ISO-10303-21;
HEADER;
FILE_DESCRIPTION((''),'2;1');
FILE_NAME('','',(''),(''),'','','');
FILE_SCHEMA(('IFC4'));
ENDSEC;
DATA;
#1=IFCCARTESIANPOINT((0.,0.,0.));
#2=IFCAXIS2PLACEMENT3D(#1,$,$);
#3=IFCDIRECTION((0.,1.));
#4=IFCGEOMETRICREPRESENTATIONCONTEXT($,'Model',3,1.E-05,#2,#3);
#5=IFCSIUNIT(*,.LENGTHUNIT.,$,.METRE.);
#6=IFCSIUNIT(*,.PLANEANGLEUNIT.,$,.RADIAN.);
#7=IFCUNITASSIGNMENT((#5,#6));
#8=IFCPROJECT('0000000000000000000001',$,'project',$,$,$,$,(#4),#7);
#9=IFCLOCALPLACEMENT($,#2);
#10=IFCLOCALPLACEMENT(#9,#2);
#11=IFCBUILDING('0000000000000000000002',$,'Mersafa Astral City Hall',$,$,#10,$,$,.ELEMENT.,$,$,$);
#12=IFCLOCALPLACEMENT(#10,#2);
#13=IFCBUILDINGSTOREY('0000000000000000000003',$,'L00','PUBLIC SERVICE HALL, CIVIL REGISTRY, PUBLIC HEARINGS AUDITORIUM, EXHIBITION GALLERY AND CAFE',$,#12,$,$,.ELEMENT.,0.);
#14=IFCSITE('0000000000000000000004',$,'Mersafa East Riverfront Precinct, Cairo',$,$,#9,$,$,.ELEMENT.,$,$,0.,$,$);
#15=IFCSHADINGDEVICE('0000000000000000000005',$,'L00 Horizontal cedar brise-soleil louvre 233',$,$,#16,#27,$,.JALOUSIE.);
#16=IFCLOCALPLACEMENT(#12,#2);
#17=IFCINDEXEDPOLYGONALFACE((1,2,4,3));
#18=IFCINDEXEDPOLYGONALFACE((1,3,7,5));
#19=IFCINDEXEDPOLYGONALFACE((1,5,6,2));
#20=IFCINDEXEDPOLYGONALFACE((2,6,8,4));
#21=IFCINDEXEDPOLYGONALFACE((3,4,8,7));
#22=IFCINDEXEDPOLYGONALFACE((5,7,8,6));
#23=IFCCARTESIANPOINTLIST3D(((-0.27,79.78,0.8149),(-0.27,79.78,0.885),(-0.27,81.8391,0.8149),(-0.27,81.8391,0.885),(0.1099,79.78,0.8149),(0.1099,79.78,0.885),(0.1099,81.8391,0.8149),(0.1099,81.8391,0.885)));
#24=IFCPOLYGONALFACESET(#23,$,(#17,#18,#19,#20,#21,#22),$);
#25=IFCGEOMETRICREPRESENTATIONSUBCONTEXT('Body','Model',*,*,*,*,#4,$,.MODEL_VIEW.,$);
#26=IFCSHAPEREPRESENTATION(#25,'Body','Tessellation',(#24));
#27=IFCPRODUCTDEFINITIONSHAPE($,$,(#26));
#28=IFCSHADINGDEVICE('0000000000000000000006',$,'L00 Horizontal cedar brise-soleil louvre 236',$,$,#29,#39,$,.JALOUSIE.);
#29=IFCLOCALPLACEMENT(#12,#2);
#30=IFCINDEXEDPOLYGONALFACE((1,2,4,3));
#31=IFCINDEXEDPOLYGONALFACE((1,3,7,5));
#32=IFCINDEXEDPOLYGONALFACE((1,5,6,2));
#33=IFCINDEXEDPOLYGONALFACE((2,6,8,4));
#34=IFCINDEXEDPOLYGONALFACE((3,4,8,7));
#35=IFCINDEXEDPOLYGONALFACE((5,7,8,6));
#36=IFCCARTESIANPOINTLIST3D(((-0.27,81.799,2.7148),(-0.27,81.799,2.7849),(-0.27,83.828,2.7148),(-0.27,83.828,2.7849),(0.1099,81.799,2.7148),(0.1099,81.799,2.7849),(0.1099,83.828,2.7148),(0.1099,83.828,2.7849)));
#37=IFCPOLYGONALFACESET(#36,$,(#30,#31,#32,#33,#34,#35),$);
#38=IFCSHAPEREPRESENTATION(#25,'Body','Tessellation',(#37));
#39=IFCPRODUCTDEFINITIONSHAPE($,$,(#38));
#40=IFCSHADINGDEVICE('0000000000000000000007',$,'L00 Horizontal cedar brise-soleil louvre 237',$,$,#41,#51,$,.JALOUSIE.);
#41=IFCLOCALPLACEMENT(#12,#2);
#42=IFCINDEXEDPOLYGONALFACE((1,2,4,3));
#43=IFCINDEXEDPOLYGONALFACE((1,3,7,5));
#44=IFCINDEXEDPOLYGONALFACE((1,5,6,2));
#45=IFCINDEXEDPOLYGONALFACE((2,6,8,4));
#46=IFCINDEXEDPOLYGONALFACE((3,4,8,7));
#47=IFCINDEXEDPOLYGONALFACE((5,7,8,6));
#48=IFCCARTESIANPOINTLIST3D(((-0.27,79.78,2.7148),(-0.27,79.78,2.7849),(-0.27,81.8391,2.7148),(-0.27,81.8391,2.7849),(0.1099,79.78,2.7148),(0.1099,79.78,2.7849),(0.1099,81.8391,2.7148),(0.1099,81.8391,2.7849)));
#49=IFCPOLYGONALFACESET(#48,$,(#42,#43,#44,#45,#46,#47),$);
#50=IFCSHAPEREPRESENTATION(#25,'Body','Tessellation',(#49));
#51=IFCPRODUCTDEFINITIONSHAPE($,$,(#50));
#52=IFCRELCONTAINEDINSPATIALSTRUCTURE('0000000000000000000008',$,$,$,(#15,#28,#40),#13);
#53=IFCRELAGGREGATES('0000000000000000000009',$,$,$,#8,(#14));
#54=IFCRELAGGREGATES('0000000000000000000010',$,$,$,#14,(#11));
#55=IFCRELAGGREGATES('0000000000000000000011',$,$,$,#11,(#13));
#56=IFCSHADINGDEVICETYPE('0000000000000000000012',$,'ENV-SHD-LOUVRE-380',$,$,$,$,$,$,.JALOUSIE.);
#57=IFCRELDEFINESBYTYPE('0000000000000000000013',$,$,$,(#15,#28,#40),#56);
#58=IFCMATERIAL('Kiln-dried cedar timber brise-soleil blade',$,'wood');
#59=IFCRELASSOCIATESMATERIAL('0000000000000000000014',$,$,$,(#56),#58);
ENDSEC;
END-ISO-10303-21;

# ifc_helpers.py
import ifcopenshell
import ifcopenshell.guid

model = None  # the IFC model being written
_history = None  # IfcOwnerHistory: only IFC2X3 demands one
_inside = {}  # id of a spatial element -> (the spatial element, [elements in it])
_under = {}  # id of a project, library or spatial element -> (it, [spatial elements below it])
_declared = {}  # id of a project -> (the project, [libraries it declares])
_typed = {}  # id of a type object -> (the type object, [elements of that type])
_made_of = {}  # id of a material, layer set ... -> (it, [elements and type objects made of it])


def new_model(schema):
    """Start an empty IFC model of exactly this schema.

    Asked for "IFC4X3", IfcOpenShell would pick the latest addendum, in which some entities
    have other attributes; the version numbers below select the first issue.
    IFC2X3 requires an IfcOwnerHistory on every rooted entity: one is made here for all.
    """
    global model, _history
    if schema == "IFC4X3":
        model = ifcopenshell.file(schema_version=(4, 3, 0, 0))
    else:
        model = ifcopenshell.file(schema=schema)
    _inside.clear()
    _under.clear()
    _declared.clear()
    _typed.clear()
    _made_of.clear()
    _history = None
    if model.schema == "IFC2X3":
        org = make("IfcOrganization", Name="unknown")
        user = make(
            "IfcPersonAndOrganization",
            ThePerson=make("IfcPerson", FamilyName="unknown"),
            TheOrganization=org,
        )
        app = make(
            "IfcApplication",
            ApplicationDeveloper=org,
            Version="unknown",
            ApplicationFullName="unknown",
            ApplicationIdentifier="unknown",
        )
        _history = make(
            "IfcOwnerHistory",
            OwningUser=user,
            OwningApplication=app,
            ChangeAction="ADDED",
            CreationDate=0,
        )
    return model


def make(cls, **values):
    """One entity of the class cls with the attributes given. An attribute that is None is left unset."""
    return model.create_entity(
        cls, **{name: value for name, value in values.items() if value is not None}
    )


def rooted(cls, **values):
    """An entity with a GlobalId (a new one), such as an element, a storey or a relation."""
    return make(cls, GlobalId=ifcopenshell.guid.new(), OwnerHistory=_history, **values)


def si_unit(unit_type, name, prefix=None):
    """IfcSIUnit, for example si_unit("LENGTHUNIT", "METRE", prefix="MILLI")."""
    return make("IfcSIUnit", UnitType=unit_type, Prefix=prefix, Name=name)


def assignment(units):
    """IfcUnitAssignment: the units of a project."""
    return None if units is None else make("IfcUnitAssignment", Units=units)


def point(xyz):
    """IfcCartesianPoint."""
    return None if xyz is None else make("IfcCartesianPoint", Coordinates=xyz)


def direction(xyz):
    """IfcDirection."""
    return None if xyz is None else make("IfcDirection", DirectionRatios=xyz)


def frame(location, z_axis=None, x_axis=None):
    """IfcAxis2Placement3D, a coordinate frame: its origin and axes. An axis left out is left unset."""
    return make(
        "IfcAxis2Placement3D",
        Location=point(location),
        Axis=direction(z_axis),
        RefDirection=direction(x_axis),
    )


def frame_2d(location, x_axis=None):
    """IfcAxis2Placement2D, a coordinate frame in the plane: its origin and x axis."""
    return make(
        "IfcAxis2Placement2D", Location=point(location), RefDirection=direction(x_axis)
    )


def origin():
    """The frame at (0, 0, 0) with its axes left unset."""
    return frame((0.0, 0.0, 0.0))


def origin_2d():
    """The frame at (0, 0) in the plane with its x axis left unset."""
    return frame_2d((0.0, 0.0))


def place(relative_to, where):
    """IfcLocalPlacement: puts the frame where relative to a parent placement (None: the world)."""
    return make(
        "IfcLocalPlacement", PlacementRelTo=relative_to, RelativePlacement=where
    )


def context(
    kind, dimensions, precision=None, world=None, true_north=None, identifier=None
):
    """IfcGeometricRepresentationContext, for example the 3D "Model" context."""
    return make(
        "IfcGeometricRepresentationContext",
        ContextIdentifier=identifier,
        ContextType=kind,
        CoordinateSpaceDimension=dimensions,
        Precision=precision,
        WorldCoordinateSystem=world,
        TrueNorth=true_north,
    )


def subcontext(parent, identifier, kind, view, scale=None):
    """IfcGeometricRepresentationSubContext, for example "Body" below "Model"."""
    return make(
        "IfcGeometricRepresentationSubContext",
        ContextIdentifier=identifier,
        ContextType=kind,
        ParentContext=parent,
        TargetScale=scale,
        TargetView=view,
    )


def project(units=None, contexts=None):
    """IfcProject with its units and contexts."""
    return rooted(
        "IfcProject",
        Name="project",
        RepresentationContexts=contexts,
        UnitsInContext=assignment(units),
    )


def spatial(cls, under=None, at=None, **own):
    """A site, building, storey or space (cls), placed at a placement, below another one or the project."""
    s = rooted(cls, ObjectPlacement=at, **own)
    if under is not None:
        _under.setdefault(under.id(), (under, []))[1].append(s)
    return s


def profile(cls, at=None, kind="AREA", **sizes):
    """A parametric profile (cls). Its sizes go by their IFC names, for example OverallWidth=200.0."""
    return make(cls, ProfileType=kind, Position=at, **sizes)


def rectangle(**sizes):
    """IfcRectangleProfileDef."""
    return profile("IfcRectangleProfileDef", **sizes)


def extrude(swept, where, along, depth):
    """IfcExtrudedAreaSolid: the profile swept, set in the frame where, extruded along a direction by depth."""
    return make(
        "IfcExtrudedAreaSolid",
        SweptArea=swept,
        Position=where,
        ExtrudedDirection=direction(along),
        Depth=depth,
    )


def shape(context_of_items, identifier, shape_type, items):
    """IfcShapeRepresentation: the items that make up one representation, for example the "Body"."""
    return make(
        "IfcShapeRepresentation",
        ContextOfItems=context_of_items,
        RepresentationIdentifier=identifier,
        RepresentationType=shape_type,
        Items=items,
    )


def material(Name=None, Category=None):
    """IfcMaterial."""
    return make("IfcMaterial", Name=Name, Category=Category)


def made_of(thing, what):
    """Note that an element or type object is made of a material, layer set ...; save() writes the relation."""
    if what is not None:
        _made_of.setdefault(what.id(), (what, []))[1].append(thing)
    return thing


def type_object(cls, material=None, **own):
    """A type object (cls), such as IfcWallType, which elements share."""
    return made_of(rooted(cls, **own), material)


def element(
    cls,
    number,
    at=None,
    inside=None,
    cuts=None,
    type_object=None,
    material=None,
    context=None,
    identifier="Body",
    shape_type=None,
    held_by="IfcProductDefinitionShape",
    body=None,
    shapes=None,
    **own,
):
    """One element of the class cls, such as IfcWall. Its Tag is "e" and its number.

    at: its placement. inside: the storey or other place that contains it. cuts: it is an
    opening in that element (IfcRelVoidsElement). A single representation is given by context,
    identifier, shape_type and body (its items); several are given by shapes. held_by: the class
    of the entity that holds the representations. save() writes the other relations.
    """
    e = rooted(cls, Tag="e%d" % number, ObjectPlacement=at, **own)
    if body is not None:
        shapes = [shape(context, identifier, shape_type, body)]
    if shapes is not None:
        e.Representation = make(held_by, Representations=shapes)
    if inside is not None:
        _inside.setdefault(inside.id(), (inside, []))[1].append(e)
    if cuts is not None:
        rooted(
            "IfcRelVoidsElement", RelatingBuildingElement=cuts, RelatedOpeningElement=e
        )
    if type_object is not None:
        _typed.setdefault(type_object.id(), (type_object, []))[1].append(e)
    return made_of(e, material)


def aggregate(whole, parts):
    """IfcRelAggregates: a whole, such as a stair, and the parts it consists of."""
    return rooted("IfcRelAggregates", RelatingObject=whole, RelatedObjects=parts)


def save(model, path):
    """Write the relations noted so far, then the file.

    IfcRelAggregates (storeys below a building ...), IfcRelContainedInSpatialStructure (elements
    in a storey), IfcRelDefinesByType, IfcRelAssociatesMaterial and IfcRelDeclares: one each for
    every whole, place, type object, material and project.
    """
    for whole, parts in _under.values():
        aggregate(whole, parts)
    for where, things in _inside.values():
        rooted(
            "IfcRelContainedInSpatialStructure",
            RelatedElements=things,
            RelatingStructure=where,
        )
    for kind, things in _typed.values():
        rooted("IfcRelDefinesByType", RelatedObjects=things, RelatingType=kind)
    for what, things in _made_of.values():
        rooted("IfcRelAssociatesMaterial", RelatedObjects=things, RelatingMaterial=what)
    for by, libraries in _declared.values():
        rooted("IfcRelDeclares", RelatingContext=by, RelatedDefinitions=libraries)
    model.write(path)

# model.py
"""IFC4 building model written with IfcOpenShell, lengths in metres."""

from ifc_helpers import new_model, si_unit, direction, frame, origin, origin_2d, place, context, subcontext, project, spatial, rectangle, extrude, material, type_object, element, save


model = new_model("IFC4")

# Units and contexts
model_context = context("Model", 3, precision=1e-05, world=origin(), true_north=direction((0.0, 1.0)))
body_context = subcontext(model_context, "Body", "Model", "MODEL_VIEW")
ifc_project = project(units=[si_unit("LENGTHUNIT", "METRE"), si_unit("PLANEANGLEUNIT", "RADIAN")], contexts=[model_context])

# Site, building, storey
site_placement = place(None, origin())
site = spatial("IfcSite", under=ifc_project, at=site_placement, Name="Mersafa East Riverfront Precinct, Cairo", CompositionType="ELEMENT", RefElevation=0.0)
building_placement = place(site_placement, origin())
building = spatial("IfcBuilding", under=site, at=building_placement, Name="Mersafa Astral City Hall", CompositionType="ELEMENT")
storey_placement = place(building_placement, origin())
storey = spatial("IfcBuildingStorey", under=building, at=storey_placement, Name="L00", Description="PUBLIC SERVICE HALL, CIVIL REGISTRY, PUBLIC HEARINGS AUDITORIUM, EXHIBITION GALLERY AND CAFE", CompositionType="ELEMENT", Elevation=0.0)

# Shading devices
ifc_material_1 = material(Name="Kiln-dried cedar timber brise-soleil blade", Category="wood")
shading_device_type_1 = type_object("IfcShadingDeviceType", Name="ENV-SHD-LOUVRE-380", PredefinedType="JALOUSIE", material=ifc_material_1)
shading_device_1_placement = place(storey_placement, frame((-0.0801, 80.8096, 0.8149), z_axis=(0.0, 0.0, 1.0), x_axis=(0.0, -1.0, 0.0)))
element("IfcShadingDevice", 1, at=shading_device_1_placement, inside=storey, type_object=shading_device_type_1, Name="L00 Horizontal cedar brise-soleil louvre 233", PredefinedType="JALOUSIE", context=body_context, shape_type="SweptSolid", body=[
    extrude(rectangle(XDim=2.0591, YDim=0.3799, at=origin_2d()), origin(), (0.0, 0.0, 1.0), 0.0701),
])
shading_device_2_placement = place(storey_placement, frame((-0.0801, 82.8135, 2.7148), z_axis=(0.0, 0.0, 1.0), x_axis=(0.0, -1.0, 0.0)))
element("IfcShadingDevice", 2, at=shading_device_2_placement, inside=storey, type_object=shading_device_type_1, Name="L00 Horizontal cedar brise-soleil louvre 236", PredefinedType="JALOUSIE", context=body_context, shape_type="SweptSolid", body=[
    extrude(rectangle(XDim=2.0291, YDim=0.3799, at=origin_2d()), origin(), (0.0, 0.0, 1.0), 0.0701),
])
shading_device_3_placement = place(storey_placement, frame((-0.0801, 80.8096, 2.7148), z_axis=(0.0, 0.0, 1.0), x_axis=(0.0, -1.0, 0.0)))
element("IfcShadingDevice", 3, at=shading_device_3_placement, inside=storey, type_object=shading_device_type_1, Name="L00 Horizontal cedar brise-soleil louvre 237", PredefinedType="JALOUSIE", context=body_context, shape_type="SweptSolid", body=[
    extrude(rectangle(XDim=2.0591, YDim=0.3799, at=origin_2d()), origin(), (0.0, 0.0, 1.0), 0.0701),
])

save(model, "model.ifc")
